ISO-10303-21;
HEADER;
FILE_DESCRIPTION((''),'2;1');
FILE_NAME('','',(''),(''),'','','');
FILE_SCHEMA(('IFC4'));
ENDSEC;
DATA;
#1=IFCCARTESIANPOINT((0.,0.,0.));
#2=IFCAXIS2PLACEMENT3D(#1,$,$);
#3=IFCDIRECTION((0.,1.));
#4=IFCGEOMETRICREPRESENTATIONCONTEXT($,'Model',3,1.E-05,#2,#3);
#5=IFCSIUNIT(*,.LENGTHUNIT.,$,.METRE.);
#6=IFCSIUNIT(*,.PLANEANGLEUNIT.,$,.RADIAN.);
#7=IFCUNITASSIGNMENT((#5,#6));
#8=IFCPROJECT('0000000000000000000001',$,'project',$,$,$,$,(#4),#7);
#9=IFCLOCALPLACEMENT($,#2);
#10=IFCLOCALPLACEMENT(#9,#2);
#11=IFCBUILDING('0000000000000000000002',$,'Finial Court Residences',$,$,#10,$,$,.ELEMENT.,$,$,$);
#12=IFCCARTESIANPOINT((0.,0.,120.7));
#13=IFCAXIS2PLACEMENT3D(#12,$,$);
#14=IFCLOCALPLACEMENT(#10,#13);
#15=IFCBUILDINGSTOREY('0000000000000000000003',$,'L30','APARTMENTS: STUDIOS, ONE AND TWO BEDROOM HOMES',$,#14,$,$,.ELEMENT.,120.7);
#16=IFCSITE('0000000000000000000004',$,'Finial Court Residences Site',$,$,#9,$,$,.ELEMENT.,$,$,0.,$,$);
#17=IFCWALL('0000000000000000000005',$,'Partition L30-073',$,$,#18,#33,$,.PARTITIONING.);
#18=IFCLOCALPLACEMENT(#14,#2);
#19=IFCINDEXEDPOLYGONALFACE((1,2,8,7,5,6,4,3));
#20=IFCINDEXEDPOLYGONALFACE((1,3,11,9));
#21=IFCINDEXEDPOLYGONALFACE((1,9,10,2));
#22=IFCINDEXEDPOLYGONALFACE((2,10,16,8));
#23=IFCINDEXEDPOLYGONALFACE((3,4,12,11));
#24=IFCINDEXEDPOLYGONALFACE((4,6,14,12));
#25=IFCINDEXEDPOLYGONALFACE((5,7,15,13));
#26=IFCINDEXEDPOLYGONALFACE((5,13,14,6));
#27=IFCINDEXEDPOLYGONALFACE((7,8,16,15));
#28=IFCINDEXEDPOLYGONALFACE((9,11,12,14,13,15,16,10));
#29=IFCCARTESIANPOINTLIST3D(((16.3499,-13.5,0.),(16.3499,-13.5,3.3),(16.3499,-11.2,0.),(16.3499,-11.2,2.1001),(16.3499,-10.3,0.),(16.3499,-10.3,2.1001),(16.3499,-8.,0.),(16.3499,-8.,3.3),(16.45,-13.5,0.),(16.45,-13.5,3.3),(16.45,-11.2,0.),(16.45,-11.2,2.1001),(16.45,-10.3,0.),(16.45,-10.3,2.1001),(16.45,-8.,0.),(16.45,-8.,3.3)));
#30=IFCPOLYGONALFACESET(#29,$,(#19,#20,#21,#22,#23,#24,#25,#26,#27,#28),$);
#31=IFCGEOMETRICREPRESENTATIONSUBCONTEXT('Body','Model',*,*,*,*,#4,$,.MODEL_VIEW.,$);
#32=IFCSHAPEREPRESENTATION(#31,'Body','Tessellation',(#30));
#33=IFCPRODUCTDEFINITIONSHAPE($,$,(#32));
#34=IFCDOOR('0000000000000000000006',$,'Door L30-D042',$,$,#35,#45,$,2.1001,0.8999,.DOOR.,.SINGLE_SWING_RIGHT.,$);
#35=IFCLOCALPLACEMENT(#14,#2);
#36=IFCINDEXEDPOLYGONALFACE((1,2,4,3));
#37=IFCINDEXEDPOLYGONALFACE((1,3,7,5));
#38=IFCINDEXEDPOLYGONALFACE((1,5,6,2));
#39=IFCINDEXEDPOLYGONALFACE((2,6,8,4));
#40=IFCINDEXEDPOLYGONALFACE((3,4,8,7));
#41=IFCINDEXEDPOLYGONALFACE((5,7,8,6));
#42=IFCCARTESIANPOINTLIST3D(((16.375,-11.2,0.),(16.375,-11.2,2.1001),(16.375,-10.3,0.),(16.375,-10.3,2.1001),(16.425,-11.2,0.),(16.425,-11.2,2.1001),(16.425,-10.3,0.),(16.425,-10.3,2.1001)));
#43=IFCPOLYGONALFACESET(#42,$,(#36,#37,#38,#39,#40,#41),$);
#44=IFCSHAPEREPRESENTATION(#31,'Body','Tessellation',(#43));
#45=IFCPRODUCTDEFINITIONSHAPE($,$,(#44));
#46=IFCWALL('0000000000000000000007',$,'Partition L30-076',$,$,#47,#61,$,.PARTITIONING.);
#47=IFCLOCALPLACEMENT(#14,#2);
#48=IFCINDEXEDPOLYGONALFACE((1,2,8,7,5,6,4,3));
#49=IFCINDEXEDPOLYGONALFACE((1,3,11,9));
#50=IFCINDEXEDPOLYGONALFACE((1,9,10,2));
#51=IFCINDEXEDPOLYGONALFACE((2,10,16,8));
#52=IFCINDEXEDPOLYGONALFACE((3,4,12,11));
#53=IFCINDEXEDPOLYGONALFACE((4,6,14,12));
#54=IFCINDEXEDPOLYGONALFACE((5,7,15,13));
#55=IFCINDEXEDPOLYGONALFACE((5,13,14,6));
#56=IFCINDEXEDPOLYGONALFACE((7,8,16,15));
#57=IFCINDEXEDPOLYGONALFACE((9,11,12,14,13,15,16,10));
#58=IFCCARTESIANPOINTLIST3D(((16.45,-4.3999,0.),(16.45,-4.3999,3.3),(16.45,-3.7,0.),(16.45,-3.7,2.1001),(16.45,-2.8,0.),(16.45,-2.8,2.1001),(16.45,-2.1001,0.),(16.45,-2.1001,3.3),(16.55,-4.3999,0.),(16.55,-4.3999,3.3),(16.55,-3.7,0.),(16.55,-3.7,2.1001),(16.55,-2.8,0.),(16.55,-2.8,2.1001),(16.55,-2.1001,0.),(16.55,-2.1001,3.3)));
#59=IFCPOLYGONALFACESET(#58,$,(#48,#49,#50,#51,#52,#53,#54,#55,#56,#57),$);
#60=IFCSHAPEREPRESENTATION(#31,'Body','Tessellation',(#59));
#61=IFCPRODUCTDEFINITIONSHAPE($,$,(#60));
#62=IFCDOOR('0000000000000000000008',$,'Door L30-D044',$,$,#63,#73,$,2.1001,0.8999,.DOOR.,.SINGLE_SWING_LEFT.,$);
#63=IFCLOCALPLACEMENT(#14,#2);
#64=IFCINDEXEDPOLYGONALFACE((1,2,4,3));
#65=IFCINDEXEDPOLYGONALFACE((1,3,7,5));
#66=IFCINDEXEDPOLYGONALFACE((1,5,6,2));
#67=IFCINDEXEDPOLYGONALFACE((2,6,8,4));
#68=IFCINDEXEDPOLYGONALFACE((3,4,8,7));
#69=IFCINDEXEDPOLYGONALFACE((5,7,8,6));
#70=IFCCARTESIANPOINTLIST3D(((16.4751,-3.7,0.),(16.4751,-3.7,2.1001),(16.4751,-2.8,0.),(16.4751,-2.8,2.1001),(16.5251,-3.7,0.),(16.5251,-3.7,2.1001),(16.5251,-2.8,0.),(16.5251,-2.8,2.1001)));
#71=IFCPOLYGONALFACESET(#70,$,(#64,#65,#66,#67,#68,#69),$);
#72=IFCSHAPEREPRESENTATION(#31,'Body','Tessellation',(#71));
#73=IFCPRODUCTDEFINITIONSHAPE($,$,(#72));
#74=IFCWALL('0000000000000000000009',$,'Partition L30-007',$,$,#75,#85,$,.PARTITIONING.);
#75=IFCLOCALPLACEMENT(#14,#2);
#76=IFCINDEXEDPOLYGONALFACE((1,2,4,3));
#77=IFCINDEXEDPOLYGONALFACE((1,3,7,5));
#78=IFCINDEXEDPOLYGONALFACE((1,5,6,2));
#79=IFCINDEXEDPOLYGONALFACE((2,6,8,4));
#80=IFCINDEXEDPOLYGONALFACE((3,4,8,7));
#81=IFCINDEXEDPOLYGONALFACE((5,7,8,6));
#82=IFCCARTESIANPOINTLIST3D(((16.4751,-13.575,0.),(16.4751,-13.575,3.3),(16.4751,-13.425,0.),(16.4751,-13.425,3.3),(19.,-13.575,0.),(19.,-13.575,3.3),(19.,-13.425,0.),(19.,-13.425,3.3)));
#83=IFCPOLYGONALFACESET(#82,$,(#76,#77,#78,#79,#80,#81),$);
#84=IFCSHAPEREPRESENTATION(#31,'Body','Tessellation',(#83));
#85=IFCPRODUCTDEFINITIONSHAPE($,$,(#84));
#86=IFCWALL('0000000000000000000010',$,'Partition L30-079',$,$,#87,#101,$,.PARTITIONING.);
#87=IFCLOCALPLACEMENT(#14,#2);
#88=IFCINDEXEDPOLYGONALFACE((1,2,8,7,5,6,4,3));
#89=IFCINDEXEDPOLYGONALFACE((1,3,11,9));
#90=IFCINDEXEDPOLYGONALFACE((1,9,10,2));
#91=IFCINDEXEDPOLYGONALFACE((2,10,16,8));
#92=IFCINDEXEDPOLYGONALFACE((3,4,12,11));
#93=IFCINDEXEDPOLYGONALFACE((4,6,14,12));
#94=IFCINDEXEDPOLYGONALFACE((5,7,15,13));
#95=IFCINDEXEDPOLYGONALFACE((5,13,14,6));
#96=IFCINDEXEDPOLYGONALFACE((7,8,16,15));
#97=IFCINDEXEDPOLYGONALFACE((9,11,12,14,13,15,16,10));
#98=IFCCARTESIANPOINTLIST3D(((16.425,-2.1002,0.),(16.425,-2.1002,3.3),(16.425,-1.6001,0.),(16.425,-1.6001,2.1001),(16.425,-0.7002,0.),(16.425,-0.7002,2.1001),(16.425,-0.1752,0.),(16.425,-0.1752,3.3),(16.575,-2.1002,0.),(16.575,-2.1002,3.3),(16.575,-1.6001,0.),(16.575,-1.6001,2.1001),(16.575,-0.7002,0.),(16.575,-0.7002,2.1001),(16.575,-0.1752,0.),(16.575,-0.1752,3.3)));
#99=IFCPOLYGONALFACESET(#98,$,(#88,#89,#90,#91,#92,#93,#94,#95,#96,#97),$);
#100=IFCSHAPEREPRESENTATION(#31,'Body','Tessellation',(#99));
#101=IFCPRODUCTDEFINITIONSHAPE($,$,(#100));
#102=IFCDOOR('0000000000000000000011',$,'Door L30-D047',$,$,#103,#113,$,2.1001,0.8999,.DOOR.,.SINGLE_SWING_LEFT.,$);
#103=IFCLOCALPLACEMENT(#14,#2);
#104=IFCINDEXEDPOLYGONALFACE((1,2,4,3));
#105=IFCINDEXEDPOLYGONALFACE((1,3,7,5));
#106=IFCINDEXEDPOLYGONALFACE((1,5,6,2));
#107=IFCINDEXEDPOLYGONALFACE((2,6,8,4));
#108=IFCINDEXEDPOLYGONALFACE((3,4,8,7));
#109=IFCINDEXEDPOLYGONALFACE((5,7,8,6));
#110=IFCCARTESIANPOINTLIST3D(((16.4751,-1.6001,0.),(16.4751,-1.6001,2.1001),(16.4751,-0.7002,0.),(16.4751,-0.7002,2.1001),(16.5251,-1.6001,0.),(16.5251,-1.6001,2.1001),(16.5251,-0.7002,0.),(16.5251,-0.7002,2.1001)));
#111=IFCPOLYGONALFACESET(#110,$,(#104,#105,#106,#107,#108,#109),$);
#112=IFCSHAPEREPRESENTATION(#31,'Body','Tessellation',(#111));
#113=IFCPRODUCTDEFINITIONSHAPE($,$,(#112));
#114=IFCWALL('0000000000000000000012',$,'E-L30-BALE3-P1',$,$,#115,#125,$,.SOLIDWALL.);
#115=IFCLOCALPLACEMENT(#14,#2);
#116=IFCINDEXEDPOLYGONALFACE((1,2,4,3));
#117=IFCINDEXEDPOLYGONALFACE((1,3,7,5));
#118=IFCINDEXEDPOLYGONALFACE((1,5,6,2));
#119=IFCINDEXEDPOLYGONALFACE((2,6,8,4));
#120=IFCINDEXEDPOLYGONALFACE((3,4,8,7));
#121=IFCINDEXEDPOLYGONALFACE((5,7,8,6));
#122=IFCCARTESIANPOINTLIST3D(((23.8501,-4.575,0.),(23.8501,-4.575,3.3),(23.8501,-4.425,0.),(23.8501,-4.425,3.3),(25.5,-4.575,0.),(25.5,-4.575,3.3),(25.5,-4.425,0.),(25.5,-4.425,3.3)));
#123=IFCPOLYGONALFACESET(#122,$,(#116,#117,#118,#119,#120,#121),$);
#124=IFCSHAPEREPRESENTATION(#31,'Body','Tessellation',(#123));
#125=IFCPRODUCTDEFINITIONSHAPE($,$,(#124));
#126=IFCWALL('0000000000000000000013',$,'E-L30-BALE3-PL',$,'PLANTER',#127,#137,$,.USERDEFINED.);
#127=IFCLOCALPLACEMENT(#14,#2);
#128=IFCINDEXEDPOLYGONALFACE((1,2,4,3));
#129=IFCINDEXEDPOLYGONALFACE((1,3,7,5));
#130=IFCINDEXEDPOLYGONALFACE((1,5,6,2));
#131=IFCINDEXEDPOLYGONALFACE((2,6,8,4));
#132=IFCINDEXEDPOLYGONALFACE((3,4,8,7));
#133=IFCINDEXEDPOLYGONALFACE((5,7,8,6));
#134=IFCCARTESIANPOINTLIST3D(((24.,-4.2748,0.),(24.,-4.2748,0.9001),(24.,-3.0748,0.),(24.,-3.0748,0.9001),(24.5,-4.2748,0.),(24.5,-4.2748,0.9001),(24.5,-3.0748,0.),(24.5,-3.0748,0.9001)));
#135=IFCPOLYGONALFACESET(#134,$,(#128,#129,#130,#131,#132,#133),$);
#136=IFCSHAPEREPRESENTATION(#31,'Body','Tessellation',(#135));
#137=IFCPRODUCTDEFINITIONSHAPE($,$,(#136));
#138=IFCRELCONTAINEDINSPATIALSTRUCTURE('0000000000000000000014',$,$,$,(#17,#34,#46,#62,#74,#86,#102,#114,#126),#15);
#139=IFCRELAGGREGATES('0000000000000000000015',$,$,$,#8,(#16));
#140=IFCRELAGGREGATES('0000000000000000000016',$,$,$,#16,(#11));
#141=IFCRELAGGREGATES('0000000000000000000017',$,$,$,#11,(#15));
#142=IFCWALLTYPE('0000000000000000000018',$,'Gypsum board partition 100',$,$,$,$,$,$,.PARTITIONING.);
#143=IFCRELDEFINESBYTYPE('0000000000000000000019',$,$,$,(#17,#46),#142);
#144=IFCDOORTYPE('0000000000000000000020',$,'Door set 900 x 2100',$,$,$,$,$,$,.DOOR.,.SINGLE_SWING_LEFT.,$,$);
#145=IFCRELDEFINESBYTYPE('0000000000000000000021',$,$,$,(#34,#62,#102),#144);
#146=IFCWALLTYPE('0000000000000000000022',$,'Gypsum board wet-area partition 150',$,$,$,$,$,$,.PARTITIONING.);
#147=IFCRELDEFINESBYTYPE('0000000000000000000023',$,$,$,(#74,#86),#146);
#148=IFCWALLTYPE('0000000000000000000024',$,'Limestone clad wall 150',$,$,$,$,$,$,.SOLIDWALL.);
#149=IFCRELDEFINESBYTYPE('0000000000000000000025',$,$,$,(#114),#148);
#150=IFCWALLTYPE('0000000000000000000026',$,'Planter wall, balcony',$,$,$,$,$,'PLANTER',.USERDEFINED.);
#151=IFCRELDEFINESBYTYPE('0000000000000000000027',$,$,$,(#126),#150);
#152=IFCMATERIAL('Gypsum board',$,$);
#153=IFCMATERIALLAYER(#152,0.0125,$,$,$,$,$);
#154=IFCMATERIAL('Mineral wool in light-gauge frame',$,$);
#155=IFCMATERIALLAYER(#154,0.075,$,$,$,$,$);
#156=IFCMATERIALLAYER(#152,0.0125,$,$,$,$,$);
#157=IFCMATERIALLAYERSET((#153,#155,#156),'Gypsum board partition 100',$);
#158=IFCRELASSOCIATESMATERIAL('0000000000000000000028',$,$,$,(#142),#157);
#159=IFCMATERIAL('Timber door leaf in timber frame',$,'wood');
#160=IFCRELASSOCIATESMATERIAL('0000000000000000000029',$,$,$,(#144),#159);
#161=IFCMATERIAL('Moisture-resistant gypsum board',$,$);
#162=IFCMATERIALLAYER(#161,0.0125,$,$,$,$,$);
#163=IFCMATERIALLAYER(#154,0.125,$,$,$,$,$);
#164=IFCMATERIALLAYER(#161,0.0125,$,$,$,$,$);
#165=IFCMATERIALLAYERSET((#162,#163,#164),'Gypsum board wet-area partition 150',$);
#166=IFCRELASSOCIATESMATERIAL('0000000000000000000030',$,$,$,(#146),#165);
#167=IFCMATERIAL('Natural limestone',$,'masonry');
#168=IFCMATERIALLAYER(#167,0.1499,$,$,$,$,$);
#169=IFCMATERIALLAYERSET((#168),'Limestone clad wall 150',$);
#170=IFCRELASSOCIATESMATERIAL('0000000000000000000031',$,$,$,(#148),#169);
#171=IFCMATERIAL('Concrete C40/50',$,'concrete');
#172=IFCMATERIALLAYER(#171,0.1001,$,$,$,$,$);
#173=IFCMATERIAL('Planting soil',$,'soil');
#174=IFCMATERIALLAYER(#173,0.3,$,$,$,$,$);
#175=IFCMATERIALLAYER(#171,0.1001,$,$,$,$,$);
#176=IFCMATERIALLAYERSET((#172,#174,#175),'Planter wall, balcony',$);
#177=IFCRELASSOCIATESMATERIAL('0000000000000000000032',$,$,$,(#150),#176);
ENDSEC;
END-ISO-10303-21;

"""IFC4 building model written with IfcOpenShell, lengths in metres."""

from ifc_helpers import new_model, si_unit, direction, frame, frame_2d, origin, place, context, subcontext, project, spatial, rectangle, extrude, material, layer, layer_set, type_object, element, fill, save


model = new_model("IFC4")

# Units and contexts
model_context = context("Model", 3, precision=1e-05, world=origin(), true_north=direction((0.0, 1.0)))
body_context = subcontext(model_context, "Body", "Model", "MODEL_VIEW")
ifc_project = project(units=[si_unit("LENGTHUNIT", "METRE"), si_unit("PLANEANGLEUNIT", "RADIAN")], contexts=[model_context])

# Site, building, storey
site_placement = place(None, origin())
site = spatial("IfcSite", under=ifc_project, at=site_placement, Name="Finial Court Residences Site", CompositionType="ELEMENT", RefElevation=0.0)
building_placement = place(site_placement, origin())
building = spatial("IfcBuilding", under=site, at=building_placement, Name="Finial Court Residences", CompositionType="ELEMENT")
storey_placement = place(building_placement, frame((0.0, 0.0, 120.7)))
storey = spatial("IfcBuildingStorey", under=building, at=storey_placement, Name="L30", Description="APARTMENTS: STUDIOS, ONE AND TWO BEDROOM HOMES", CompositionType="ELEMENT", Elevation=120.7)

# Shared definitions
ifc_material_1 = material(Name="Gypsum board")
ifc_layer_1 = layer(ifc_material_1, 0.0125)
ifc_material_2 = material(Name="Mineral wool in light-gauge frame")
ifc_layer_2 = layer(ifc_material_2, 0.075)
ifc_layer_3 = layer(ifc_material_1, 0.0125)
ifc_layer_set_1 = layer_set([ifc_layer_1, ifc_layer_2, ifc_layer_3], Name="Gypsum board partition 100")
wall_type_1 = type_object("IfcWallType", Name="Gypsum board partition 100", PredefinedType="PARTITIONING", material=ifc_layer_set_1)

# Walls, openings, doors
wall_1_placement = place(storey_placement, frame((16.3999, -13.5, 0.0), z_axis=(0.0, 0.0, 1.0), x_axis=(0.0, 1.0, 0.0)))
wall_1 = element("IfcWall", 1, at=wall_1_placement, inside=storey, type_object=wall_type_1, Name="Partition L30-073", PredefinedType="PARTITIONING", context=body_context, shape_type="SweptSolid", body=[
    extrude(rectangle(XDim=5.5, YDim=0.1001, at=frame_2d((2.75, 0.0))), origin(), (0.0, 0.0, 1.0), 3.3),
])
opening_1_placement = place(wall_1_placement, frame((2.3, 0.0, 0.0)))
opening_1 = element("IfcOpeningElement", 2, at=opening_1_placement, cuts=wall_1, PredefinedType="OPENING", context=body_context, shape_type="SweptSolid", body=[
    extrude(rectangle(XDim=0.8999, YDim=2.1001, at=frame_2d((0.45, 1.05))), frame((0.0, 0.0601, 0.0), z_axis=(0.0, -1.0, 0.0), x_axis=(1.0, 0.0, 0.0)), (0.0, 0.0, 1.0), 0.1201),
])
ifc_material_3 = material(Name="Timber door leaf in timber frame", Category="wood")
door_type = type_object("IfcDoorType", Name="Door set 900 x 2100", OperationType="SINGLE_SWING_LEFT", PredefinedType="DOOR", material=ifc_material_3)
door_1_placement = place(opening_1_placement, origin())
door_1 = element("IfcDoor", 3, at=door_1_placement, inside=storey, type_object=door_type, Name="Door L30-D042", OperationType="SINGLE_SWING_RIGHT", OverallHeight=2.1001, OverallWidth=0.8999, PredefinedType="DOOR", context=body_context, shape_type="SweptSolid", body=[
    extrude(rectangle(XDim=0.8999, YDim=2.1001, at=frame_2d((0.45, 1.05))), frame((0.0, 0.0249, 0.0), z_axis=(0.0, -1.0, 0.0), x_axis=(1.0, 0.0, 0.0)), (0.0, 0.0, 1.0), 0.05),
])
fill(opening_1, door_1)
wall_2_placement = place(storey_placement, frame((16.5, -4.3999, 0.0), z_axis=(0.0, 0.0, 1.0), x_axis=(0.0, 1.0, 0.0)))
wall_2 = element("IfcWall", 4, at=wall_2_placement, inside=storey, type_object=wall_type_1, Name="Partition L30-076", PredefinedType="PARTITIONING", context=body_context, shape_type="SweptSolid", body=[
    extrude(rectangle(XDim=2.2998, YDim=0.1001, at=frame_2d((1.1499, 0.0))), origin(), (0.0, 0.0, 1.0), 3.3),
])
opening_2_placement = place(wall_2_placement, frame((0.7, 0.0, 0.0)))
opening_2 = element("IfcOpeningElement", 5, at=opening_2_placement, cuts=wall_2, PredefinedType="OPENING", context=body_context, shape_type="SweptSolid", body=[
    extrude(rectangle(XDim=0.8999, YDim=2.1001, at=frame_2d((0.45, 1.05))), frame((0.0, 0.0601, 0.0), z_axis=(0.0, -1.0, 0.0), x_axis=(1.0, 0.0, 0.0)), (0.0, 0.0, 1.0), 0.1201),
])
door_2_placement = place(opening_2_placement, origin())
door_2 = element("IfcDoor", 6, at=door_2_placement, inside=storey, type_object=door_type, Name="Door L30-D044", OperationType="SINGLE_SWING_LEFT", OverallHeight=2.1001, OverallWidth=0.8999, PredefinedType="DOOR", context=body_context, shape_type="SweptSolid", body=[
    extrude(rectangle(XDim=0.8999, YDim=2.1001, at=frame_2d((0.45, 1.05))), frame((0.0, 0.0249, 0.0), z_axis=(0.0, -1.0, 0.0), x_axis=(1.0, 0.0, 0.0)), (0.0, 0.0, 1.0), 0.05),
])
fill(opening_2, door_2)

# Wall
ifc_material_4 = material(Name="Moisture-resistant gypsum board")
ifc_layer_4 = layer(ifc_material_4, 0.0125)
ifc_layer_5 = layer(ifc_material_2, 0.125)
ifc_layer_6 = layer(ifc_material_4, 0.0125)
ifc_layer_set_2 = layer_set([ifc_layer_4, ifc_layer_5, ifc_layer_6], Name="Gypsum board wet-area partition 150")
wall_type_2 = type_object("IfcWallType", Name="Gypsum board wet-area partition 150", PredefinedType="PARTITIONING", material=ifc_layer_set_2)
wall_3_placement = place(storey_placement, frame((16.4751, -13.5, 0.0), z_axis=(0.0, 0.0, 1.0), x_axis=(1.0, 0.0, 0.0)))
element("IfcWall", 7, at=wall_3_placement, inside=storey, type_object=wall_type_2, Name="Partition L30-007", PredefinedType="PARTITIONING", context=body_context, shape_type="SweptSolid", body=[
    extrude(rectangle(XDim=2.5249, YDim=0.1499, at=frame_2d((1.2625, 0.0))), origin(), (0.0, 0.0, 1.0), 3.3),
])

# Wall, opening, door
wall_4_placement = place(storey_placement, frame((16.5, -2.1001, 0.0), z_axis=(0.0, 0.0, 1.0), x_axis=(0.0, 1.0, 0.0)))
wall_4 = element("IfcWall", 8, at=wall_4_placement, inside=storey, type_object=wall_type_2, Name="Partition L30-079", PredefinedType="PARTITIONING", context=body_context, shape_type="SweptSolid", body=[
    extrude(rectangle(XDim=1.925, YDim=0.1499, at=frame_2d((0.9624, 0.0))), origin(), (0.0, 0.0, 1.0), 3.3),
])
opening_3_placement = place(wall_4_placement, frame((0.5, 0.0, 0.0)))
opening_3 = element("IfcOpeningElement", 9, at=opening_3_placement, cuts=wall_4, PredefinedType="OPENING", context=body_context, shape_type="SweptSolid", body=[
    extrude(rectangle(XDim=0.8999, YDim=2.1001, at=frame_2d((0.45, 1.05))), frame((0.0, 0.085, 0.0), z_axis=(0.0, -1.0, 0.0), x_axis=(1.0, 0.0, 0.0)), (0.0, 0.0, 1.0), 0.1699),
])
door_3_placement = place(opening_3_placement, origin())
door_3 = element("IfcDoor", 10, at=door_3_placement, inside=storey, type_object=door_type, Name="Door L30-D047", OperationType="SINGLE_SWING_LEFT", OverallHeight=2.1001, OverallWidth=0.8999, PredefinedType="DOOR", context=body_context, shape_type="SweptSolid", body=[
    extrude(rectangle(XDim=0.8999, YDim=2.1001, at=frame_2d((0.45, 1.05))), frame((0.0, 0.0249, 0.0), z_axis=(0.0, -1.0, 0.0), x_axis=(1.0, 0.0, 0.0)), (0.0, 0.0, 1.0), 0.05),
])
fill(opening_3, door_3)

# Walls
ifc_material_5 = material(Name="Natural limestone", Category="masonry")
ifc_layer_7 = layer(ifc_material_5, 0.1499)
ifc_layer_set_3 = layer_set([ifc_layer_7], Name="Limestone clad wall 150")
wall_type_3 = type_object("IfcWallType", Name="Limestone clad wall 150", PredefinedType="SOLIDWALL", material=ifc_layer_set_3)
wall_5_placement = place(storey_placement, frame((23.8501, -4.5, 0.0), z_axis=(0.0, 0.0, 1.0), x_axis=(1.0, 0.0, 0.0)))
element("IfcWall", 11, at=wall_5_placement, inside=storey, type_object=wall_type_3, Name="E-L30-BALE3-P1", PredefinedType="SOLIDWALL", context=body_context, shape_type="SweptSolid", body=[
    extrude(rectangle(XDim=1.6499, YDim=0.1499, at=frame_2d((0.825, 0.0))), origin(), (0.0, 0.0, 1.0), 3.3),
])
ifc_material_6 = material(Name="Concrete C40/50", Category="concrete")
ifc_layer_8 = layer(ifc_material_6, 0.1001)
ifc_material_7 = material(Name="Planting soil", Category="soil")
ifc_layer_9 = layer(ifc_material_7, 0.3)
ifc_layer_10 = layer(ifc_material_6, 0.1001)
ifc_layer_set_4 = layer_set([ifc_layer_8, ifc_layer_9, ifc_layer_10], Name="Planter wall, balcony")
wall_type_4 = type_object("IfcWallType", Name="Planter wall, balcony", ElementType="PLANTER", PredefinedType="USERDEFINED", material=ifc_layer_set_4)
wall_6_placement = place(storey_placement, frame((24.25, -4.2749, 0.0), z_axis=(0.0, 0.0, 1.0), x_axis=(0.0, 1.0, 0.0)))
element("IfcWall", 12, at=wall_6_placement, inside=storey, type_object=wall_type_4, Name="E-L30-BALE3-PL", ObjectType="PLANTER", PredefinedType="USERDEFINED", context=body_context, shape_type="SweptSolid", body=[
    extrude(rectangle(XDim=1.2, YDim=0.5, at=frame_2d((0.6001, 0.0))), origin(), (0.0, 0.0, 1.0), 0.9001),
])

save(model, "model.ifc")
